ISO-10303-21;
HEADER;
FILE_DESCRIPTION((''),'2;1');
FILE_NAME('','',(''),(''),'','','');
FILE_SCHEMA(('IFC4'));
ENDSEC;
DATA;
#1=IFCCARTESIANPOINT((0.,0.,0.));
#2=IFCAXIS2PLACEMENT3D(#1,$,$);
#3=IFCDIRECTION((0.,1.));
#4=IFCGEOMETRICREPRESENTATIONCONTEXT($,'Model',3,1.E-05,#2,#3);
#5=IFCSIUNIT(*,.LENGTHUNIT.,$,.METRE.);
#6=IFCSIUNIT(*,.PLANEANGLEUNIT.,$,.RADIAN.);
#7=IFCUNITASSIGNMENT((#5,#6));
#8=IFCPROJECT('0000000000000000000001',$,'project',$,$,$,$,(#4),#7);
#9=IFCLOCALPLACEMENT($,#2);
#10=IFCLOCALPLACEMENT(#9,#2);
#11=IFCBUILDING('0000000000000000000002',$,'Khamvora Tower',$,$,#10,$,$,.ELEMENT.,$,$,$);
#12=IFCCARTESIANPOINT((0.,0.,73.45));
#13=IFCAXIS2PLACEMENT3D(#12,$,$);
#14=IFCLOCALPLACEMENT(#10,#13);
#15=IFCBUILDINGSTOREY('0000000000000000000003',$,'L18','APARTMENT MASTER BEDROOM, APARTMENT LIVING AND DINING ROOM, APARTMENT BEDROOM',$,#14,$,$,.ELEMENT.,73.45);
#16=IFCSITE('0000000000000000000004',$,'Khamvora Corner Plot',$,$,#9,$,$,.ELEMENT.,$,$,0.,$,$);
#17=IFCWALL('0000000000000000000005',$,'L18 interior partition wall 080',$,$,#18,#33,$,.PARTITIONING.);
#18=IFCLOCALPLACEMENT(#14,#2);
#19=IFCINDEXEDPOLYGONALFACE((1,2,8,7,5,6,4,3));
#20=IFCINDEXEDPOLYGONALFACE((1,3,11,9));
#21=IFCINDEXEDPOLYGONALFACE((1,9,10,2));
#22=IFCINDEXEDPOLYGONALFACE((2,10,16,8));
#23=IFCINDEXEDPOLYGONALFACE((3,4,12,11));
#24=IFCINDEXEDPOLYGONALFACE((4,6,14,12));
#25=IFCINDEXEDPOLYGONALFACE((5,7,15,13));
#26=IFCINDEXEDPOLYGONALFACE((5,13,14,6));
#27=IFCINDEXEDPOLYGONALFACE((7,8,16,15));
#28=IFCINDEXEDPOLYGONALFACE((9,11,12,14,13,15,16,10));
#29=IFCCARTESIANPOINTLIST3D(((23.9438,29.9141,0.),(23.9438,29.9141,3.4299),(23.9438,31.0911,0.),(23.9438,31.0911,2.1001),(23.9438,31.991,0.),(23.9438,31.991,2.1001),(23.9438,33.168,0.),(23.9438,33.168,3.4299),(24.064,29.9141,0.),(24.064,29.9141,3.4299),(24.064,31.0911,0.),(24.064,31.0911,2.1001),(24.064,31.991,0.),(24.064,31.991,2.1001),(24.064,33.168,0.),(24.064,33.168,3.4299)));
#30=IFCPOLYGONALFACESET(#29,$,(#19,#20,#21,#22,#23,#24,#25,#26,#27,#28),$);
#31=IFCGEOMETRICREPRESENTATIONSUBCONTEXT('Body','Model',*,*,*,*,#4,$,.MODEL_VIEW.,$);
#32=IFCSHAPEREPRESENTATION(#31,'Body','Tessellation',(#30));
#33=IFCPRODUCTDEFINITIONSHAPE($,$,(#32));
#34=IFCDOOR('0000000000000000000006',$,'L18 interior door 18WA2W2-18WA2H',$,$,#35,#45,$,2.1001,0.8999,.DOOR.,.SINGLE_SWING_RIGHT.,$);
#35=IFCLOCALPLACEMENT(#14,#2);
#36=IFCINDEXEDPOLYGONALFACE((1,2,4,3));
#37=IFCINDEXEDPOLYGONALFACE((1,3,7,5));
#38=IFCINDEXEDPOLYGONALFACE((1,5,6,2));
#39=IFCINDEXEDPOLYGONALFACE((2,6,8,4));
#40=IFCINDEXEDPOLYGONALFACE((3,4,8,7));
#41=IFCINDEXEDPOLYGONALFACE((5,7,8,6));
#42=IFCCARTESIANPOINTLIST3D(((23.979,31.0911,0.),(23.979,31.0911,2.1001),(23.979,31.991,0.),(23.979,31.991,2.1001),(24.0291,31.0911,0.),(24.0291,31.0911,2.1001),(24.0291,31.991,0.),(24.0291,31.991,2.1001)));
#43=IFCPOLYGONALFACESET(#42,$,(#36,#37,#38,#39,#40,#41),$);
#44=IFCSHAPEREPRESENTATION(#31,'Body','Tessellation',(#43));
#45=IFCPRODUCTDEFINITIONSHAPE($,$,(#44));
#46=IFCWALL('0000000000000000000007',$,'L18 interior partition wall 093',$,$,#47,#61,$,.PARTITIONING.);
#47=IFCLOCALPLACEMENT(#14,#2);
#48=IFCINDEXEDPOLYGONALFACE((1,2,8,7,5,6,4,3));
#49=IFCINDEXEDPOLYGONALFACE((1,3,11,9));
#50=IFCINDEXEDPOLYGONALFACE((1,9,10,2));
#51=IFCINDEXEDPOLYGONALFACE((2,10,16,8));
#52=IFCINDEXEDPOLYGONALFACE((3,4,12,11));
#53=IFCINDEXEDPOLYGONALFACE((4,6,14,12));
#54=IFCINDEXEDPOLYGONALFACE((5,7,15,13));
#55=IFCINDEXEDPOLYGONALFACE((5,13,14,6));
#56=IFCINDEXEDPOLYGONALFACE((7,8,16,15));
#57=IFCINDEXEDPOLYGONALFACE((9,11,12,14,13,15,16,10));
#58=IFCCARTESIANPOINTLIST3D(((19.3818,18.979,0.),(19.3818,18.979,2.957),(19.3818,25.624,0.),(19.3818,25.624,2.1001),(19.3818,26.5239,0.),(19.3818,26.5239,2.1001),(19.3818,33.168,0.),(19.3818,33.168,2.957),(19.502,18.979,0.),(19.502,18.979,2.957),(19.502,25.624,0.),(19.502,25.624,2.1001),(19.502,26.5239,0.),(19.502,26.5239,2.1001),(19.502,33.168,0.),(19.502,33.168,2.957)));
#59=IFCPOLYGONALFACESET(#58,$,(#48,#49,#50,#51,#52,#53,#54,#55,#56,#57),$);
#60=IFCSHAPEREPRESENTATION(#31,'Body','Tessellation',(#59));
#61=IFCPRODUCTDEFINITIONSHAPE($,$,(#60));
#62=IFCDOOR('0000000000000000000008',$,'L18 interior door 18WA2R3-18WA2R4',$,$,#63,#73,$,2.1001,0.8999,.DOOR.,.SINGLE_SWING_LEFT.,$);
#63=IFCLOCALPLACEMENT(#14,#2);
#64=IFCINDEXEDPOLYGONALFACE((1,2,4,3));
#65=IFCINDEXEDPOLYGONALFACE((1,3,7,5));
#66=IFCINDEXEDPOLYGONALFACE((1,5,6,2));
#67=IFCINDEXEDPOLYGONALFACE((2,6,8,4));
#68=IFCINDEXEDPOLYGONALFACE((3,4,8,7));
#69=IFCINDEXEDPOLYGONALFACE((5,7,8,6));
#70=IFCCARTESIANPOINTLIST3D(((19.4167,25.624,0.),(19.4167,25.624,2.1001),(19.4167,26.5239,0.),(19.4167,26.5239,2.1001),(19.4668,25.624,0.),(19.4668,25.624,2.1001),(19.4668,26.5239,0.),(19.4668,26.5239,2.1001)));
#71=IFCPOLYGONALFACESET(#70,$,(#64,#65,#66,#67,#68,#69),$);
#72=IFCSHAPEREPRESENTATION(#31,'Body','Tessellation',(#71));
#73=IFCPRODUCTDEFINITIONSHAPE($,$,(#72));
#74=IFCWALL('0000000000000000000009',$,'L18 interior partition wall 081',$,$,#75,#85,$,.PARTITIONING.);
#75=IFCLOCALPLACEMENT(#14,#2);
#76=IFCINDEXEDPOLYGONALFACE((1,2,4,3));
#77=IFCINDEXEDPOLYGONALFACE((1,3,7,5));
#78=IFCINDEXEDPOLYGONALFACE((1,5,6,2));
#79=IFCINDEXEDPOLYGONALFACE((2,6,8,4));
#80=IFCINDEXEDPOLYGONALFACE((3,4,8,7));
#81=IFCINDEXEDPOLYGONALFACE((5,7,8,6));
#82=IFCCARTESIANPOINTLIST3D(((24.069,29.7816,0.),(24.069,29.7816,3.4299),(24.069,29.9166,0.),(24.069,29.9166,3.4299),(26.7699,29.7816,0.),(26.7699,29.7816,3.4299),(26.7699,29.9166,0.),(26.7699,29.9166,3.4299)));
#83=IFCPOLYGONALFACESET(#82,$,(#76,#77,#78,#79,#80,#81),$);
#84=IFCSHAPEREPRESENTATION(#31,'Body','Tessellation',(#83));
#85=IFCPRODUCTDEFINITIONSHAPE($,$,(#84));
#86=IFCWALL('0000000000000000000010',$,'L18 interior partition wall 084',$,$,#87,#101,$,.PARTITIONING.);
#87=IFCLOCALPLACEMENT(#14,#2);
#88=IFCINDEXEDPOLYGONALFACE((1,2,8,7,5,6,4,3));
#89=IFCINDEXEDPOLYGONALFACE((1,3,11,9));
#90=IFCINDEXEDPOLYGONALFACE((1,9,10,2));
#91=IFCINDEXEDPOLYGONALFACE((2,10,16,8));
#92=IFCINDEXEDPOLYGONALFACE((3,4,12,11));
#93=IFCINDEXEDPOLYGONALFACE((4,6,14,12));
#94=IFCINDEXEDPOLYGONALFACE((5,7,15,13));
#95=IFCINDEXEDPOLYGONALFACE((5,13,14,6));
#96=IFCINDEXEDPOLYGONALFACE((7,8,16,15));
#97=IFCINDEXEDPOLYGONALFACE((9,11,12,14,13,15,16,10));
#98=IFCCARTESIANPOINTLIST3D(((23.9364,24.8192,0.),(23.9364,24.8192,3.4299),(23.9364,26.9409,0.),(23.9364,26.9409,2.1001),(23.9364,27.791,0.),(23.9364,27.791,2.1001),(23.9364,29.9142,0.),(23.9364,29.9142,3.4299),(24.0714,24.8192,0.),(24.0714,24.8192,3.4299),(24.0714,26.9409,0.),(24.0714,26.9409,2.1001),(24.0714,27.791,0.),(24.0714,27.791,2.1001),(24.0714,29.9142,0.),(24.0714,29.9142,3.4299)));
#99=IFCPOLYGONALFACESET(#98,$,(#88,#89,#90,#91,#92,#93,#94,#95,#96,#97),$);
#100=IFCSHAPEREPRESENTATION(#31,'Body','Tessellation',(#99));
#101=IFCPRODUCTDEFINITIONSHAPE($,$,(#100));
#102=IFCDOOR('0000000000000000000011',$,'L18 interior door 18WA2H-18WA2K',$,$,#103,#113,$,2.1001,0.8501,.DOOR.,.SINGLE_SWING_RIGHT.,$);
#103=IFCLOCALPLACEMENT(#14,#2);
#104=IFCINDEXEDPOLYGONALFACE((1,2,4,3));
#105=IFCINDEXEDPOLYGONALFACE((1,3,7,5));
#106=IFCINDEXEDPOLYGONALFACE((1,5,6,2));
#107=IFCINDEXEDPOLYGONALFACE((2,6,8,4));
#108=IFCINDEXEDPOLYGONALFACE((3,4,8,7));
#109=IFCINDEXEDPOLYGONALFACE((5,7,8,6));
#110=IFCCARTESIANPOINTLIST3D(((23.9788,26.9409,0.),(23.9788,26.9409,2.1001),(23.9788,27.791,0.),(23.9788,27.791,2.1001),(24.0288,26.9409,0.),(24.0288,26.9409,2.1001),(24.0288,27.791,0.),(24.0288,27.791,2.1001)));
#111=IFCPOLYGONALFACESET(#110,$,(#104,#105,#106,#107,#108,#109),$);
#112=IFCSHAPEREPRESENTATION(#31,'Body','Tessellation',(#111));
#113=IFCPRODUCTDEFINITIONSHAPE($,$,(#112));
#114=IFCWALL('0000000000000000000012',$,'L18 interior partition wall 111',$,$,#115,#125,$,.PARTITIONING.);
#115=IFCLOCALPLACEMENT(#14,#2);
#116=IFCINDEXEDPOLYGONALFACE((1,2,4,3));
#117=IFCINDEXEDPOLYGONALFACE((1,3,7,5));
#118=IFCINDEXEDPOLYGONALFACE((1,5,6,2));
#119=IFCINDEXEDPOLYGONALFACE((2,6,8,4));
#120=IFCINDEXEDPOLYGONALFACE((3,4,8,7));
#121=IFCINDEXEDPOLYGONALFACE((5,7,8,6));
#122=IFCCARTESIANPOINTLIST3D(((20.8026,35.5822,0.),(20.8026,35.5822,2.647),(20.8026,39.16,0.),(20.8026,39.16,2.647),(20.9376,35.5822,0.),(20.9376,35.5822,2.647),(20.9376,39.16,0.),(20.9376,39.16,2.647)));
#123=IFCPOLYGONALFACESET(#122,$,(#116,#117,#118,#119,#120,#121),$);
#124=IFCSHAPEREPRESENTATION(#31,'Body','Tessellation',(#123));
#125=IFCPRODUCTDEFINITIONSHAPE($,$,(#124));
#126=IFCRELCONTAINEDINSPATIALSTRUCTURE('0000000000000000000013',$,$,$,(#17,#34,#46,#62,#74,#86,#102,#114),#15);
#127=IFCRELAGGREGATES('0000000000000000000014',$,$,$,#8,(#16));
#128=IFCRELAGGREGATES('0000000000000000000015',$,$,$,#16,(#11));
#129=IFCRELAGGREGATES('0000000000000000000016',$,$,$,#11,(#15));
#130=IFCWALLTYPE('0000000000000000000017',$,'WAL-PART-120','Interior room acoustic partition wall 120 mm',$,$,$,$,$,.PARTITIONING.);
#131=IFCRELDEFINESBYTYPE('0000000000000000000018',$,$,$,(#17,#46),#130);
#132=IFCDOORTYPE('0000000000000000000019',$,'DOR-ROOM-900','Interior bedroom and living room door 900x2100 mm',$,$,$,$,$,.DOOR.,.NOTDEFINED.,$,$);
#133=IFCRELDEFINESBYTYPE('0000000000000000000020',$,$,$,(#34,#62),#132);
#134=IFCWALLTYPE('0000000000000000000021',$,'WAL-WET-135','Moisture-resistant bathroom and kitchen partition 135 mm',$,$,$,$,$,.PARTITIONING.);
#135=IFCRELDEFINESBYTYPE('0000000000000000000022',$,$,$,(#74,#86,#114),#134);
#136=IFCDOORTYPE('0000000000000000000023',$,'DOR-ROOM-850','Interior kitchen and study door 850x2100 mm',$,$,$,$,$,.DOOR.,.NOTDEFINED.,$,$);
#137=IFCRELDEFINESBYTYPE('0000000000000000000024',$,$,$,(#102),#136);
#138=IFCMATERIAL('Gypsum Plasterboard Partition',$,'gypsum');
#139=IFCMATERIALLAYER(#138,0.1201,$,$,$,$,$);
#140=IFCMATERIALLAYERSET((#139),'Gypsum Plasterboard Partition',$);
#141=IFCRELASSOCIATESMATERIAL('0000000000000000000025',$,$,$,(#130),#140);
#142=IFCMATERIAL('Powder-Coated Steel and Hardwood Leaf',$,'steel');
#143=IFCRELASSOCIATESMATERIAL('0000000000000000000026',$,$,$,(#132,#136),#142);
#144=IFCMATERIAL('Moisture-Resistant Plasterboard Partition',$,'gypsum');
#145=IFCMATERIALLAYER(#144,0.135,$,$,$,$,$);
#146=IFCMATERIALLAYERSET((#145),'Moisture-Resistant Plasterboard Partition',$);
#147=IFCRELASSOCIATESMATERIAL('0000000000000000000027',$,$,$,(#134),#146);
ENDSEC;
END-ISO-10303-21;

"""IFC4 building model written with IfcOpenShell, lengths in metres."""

from ifc_helpers import new_model, si_unit, direction, frame, frame_2d, origin, place, context, subcontext, project, spatial, rectangle, extrude, material, layer, layer_set, type_object, element, fill, save


model = new_model("IFC4")

# Units and contexts
model_context = context("Model", 3, precision=1e-05, world=origin(), true_north=direction((0.0, 1.0)))
body_context = subcontext(model_context, "Body", "Model", "MODEL_VIEW")
ifc_project = project(units=[si_unit("LENGTHUNIT", "METRE"), si_unit("PLANEANGLEUNIT", "RADIAN")], contexts=[model_context])

# Site, building, storey
site_placement = place(None, origin())
site = spatial("IfcSite", under=ifc_project, at=site_placement, Name="Khamvora Corner Plot", CompositionType="ELEMENT", RefElevation=0.0)
building_placement = place(site_placement, origin())
building = spatial("IfcBuilding", under=site, at=building_placement, Name="Khamvora Tower", CompositionType="ELEMENT")
storey_placement = place(building_placement, frame((0.0, 0.0, 73.45)))
storey = spatial("IfcBuildingStorey", under=building, at=storey_placement, Name="L18", Description="APARTMENT MASTER BEDROOM, APARTMENT LIVING AND DINING ROOM, APARTMENT BEDROOM", CompositionType="ELEMENT", Elevation=73.45)

# Shared definitions
ifc_material_1 = material(Name="Powder-Coated Steel and Hardwood Leaf", Category="steel")

# Walls, openings, doors
ifc_material_2 = material(Name="Gypsum Plasterboard Partition", Category="gypsum")
ifc_layer_1 = layer(ifc_material_2, 0.1201)
ifc_layer_set_1 = layer_set([ifc_layer_1], Name="Gypsum Plasterboard Partition")
wall_type_1 = type_object("IfcWallType", Name="WAL-PART-120", Description="Interior room acoustic partition wall 120 mm", PredefinedType="PARTITIONING", material=ifc_layer_set_1)
wall_1_placement = place(storey_placement, frame((24.0039, 29.9141, 0.0), z_axis=(0.0, 0.0, 1.0), x_axis=(0.0, 1.0, 0.0)))
wall_1 = element("IfcWall", 1, at=wall_1_placement, inside=storey, type_object=wall_type_1, Name="L18 interior partition wall 080", PredefinedType="PARTITIONING", context=body_context, shape_type="SweptSolid", body=[
    extrude(rectangle(XDim=3.2539, YDim=0.1201, at=frame_2d((1.627, 0.0))), origin(), (0.0, 0.0, 1.0), 3.4299),
])
opening_1_placement = place(wall_1_placement, frame((1.177, 0.0, 0.0)))
opening_1 = element("IfcOpeningElement", 2, at=opening_1_placement, cuts=wall_1, PredefinedType="OPENING", context=body_context, shape_type="SweptSolid", body=[
    extrude(rectangle(XDim=0.8999, YDim=2.1001, at=frame_2d((0.45, 1.05))), frame((0.0, 0.0701, 0.0), z_axis=(0.0, -1.0, 0.0), x_axis=(1.0, 0.0, 0.0)), (0.0, 0.0, 1.0), 0.1401),
])
door_type_1 = type_object("IfcDoorType", Name="DOR-ROOM-900", Description="Interior bedroom and living room door 900x2100 mm", OperationType="NOTDEFINED", PredefinedType="DOOR", material=ifc_material_1)
door_1_placement = place(opening_1_placement, origin())
door_1 = element("IfcDoor", 3, at=door_1_placement, inside=storey, type_object=door_type_1, Name="L18 interior door 18WA2W2-18WA2H", OperationType="SINGLE_SWING_RIGHT", OverallHeight=2.1001, OverallWidth=0.8999, PredefinedType="DOOR", context=body_context, shape_type="SweptSolid", body=[
    extrude(rectangle(XDim=0.8999, YDim=2.1001, at=frame_2d((0.45, 1.05))), frame((0.0, 0.0249, 0.0), z_axis=(0.0, -1.0, 0.0), x_axis=(1.0, 0.0, 0.0)), (0.0, 0.0, 1.0), 0.05),
])
fill(opening_1, door_1)
wall_2_placement = place(storey_placement, frame((19.4419, 33.168, 0.0), z_axis=(0.0, 0.0, 1.0), x_axis=(0.0, -1.0, 0.0)))
wall_2 = element("IfcWall", 4, at=wall_2_placement, inside=storey, type_object=wall_type_1, Name="L18 interior partition wall 093", PredefinedType="PARTITIONING", context=body_context, shape_type="SweptSolid", body=[
    extrude(rectangle(XDim=14.189, YDim=0.1201, at=frame_2d((7.0945, 0.0))), origin(), (0.0, 0.0, 1.0), 2.957),
])
opening_2_placement = place(wall_2_placement, frame((6.644, 0.0, 0.0)))
opening_2 = element("IfcOpeningElement", 5, at=opening_2_placement, cuts=wall_2, PredefinedType="OPENING", context=body_context, shape_type="SweptSolid", body=[
    extrude(rectangle(XDim=0.8999, YDim=2.1001, at=frame_2d((0.45, 1.05))), frame((0.0, 0.0701, 0.0), z_axis=(0.0, -1.0, 0.0), x_axis=(1.0, 0.0, 0.0)), (0.0, 0.0, 1.0), 0.1401),
])
door_2_placement = place(opening_2_placement, origin())
door_2 = element("IfcDoor", 6, at=door_2_placement, inside=storey, type_object=door_type_1, Name="L18 interior door 18WA2R3-18WA2R4", OperationType="SINGLE_SWING_LEFT", OverallHeight=2.1001, OverallWidth=0.8999, PredefinedType="DOOR", context=body_context, shape_type="SweptSolid", body=[
    extrude(rectangle(XDim=0.8999, YDim=2.1001, at=frame_2d((0.45, 1.05))), frame((0.0, 0.0249, 0.0), z_axis=(0.0, -1.0, 0.0), x_axis=(1.0, 0.0, 0.0)), (0.0, 0.0, 1.0), 0.05),
])
fill(opening_2, door_2)

# Wall
ifc_material_3 = material(Name="Moisture-Resistant Plasterboard Partition", Category="gypsum")
ifc_layer_2 = layer(ifc_material_3, 0.135)
ifc_layer_set_2 = layer_set([ifc_layer_2], Name="Moisture-Resistant Plasterboard Partition")
wall_type_2 = type_object("IfcWallType", Name="WAL-WET-135", Description="Moisture-resistant bathroom and kitchen partition 135 mm", PredefinedType="PARTITIONING", material=ifc_layer_set_2)
wall_3_placement = place(storey_placement, frame((26.77, 29.8491, 0.0), z_axis=(0.0, 0.0, 1.0), x_axis=(-1.0, 0.0, 0.0)))
element("IfcWall", 7, at=wall_3_placement, inside=storey, type_object=wall_type_2, Name="L18 interior partition wall 081", PredefinedType="PARTITIONING", context=body_context, shape_type="SweptSolid", body=[
    extrude(rectangle(XDim=2.7009, YDim=0.135, at=frame_2d((1.3506, 0.0))), origin(), (0.0, 0.0, 1.0), 3.4299),
])

# Wall, opening, door
wall_4_placement = place(storey_placement, frame((24.0039, 29.9141, 0.0), z_axis=(0.0, 0.0, 1.0), x_axis=(0.0, -1.0, 0.0)))
wall_4 = element("IfcWall", 8, at=wall_4_placement, inside=storey, type_object=wall_type_2, Name="L18 interior partition wall 084", PredefinedType="PARTITIONING", context=body_context, shape_type="SweptSolid", body=[
    extrude(rectangle(XDim=5.095, YDim=0.135, at=frame_2d((2.5474, 0.0))), origin(), (0.0, 0.0, 1.0), 3.4299),
])
opening_3_placement = place(wall_4_placement, frame((2.123, 0.0, 0.0)))
opening_3 = element("IfcOpeningElement", 9, at=opening_3_placement, cuts=wall_4, PredefinedType="OPENING", context=body_context, shape_type="SweptSolid", body=[
    extrude(rectangle(XDim=0.8501, YDim=2.1001, at=frame_2d((0.425, 1.05))), frame((0.0, 0.0774, 0.0), z_axis=(0.0, -1.0, 0.0), x_axis=(1.0, 0.0, 0.0)), (0.0, 0.0, 1.0), 0.155),
])
door_type_2 = type_object("IfcDoorType", Name="DOR-ROOM-850", Description="Interior kitchen and study door 850x2100 mm", OperationType="NOTDEFINED", PredefinedType="DOOR", material=ifc_material_1)
door_3_placement = place(opening_3_placement, origin())
door_3 = element("IfcDoor", 10, at=door_3_placement, inside=storey, type_object=door_type_2, Name="L18 interior door 18WA2H-18WA2K", OperationType="SINGLE_SWING_RIGHT", OverallHeight=2.1001, OverallWidth=0.8501, PredefinedType="DOOR", context=body_context, shape_type="SweptSolid", body=[
    extrude(rectangle(XDim=0.8501, YDim=2.1001, at=frame_2d((0.425, 1.05))), frame((0.0, 0.0249, 0.0), z_axis=(0.0, -1.0, 0.0), x_axis=(1.0, 0.0, 0.0)), (0.0, 0.0, 1.0), 0.05),
])
fill(opening_3, door_3)

# Wall
wall_5_placement = place(storey_placement, frame((20.8701, 35.582, 0.0), z_axis=(0.0, 0.0, 1.0), x_axis=(0.0, 1.0, 0.0)))
element("IfcWall", 11, at=wall_5_placement, inside=storey, type_object=wall_type_2, Name="L18 interior partition wall 111", PredefinedType="PARTITIONING", context=body_context, shape_type="SweptSolid", body=[
    extrude(rectangle(XDim=3.5779, YDim=0.135, at=frame_2d((1.7891, 0.0))), origin(), (0.0, 0.0, 1.0), 2.647),
])

save(model, "model.ifc")
